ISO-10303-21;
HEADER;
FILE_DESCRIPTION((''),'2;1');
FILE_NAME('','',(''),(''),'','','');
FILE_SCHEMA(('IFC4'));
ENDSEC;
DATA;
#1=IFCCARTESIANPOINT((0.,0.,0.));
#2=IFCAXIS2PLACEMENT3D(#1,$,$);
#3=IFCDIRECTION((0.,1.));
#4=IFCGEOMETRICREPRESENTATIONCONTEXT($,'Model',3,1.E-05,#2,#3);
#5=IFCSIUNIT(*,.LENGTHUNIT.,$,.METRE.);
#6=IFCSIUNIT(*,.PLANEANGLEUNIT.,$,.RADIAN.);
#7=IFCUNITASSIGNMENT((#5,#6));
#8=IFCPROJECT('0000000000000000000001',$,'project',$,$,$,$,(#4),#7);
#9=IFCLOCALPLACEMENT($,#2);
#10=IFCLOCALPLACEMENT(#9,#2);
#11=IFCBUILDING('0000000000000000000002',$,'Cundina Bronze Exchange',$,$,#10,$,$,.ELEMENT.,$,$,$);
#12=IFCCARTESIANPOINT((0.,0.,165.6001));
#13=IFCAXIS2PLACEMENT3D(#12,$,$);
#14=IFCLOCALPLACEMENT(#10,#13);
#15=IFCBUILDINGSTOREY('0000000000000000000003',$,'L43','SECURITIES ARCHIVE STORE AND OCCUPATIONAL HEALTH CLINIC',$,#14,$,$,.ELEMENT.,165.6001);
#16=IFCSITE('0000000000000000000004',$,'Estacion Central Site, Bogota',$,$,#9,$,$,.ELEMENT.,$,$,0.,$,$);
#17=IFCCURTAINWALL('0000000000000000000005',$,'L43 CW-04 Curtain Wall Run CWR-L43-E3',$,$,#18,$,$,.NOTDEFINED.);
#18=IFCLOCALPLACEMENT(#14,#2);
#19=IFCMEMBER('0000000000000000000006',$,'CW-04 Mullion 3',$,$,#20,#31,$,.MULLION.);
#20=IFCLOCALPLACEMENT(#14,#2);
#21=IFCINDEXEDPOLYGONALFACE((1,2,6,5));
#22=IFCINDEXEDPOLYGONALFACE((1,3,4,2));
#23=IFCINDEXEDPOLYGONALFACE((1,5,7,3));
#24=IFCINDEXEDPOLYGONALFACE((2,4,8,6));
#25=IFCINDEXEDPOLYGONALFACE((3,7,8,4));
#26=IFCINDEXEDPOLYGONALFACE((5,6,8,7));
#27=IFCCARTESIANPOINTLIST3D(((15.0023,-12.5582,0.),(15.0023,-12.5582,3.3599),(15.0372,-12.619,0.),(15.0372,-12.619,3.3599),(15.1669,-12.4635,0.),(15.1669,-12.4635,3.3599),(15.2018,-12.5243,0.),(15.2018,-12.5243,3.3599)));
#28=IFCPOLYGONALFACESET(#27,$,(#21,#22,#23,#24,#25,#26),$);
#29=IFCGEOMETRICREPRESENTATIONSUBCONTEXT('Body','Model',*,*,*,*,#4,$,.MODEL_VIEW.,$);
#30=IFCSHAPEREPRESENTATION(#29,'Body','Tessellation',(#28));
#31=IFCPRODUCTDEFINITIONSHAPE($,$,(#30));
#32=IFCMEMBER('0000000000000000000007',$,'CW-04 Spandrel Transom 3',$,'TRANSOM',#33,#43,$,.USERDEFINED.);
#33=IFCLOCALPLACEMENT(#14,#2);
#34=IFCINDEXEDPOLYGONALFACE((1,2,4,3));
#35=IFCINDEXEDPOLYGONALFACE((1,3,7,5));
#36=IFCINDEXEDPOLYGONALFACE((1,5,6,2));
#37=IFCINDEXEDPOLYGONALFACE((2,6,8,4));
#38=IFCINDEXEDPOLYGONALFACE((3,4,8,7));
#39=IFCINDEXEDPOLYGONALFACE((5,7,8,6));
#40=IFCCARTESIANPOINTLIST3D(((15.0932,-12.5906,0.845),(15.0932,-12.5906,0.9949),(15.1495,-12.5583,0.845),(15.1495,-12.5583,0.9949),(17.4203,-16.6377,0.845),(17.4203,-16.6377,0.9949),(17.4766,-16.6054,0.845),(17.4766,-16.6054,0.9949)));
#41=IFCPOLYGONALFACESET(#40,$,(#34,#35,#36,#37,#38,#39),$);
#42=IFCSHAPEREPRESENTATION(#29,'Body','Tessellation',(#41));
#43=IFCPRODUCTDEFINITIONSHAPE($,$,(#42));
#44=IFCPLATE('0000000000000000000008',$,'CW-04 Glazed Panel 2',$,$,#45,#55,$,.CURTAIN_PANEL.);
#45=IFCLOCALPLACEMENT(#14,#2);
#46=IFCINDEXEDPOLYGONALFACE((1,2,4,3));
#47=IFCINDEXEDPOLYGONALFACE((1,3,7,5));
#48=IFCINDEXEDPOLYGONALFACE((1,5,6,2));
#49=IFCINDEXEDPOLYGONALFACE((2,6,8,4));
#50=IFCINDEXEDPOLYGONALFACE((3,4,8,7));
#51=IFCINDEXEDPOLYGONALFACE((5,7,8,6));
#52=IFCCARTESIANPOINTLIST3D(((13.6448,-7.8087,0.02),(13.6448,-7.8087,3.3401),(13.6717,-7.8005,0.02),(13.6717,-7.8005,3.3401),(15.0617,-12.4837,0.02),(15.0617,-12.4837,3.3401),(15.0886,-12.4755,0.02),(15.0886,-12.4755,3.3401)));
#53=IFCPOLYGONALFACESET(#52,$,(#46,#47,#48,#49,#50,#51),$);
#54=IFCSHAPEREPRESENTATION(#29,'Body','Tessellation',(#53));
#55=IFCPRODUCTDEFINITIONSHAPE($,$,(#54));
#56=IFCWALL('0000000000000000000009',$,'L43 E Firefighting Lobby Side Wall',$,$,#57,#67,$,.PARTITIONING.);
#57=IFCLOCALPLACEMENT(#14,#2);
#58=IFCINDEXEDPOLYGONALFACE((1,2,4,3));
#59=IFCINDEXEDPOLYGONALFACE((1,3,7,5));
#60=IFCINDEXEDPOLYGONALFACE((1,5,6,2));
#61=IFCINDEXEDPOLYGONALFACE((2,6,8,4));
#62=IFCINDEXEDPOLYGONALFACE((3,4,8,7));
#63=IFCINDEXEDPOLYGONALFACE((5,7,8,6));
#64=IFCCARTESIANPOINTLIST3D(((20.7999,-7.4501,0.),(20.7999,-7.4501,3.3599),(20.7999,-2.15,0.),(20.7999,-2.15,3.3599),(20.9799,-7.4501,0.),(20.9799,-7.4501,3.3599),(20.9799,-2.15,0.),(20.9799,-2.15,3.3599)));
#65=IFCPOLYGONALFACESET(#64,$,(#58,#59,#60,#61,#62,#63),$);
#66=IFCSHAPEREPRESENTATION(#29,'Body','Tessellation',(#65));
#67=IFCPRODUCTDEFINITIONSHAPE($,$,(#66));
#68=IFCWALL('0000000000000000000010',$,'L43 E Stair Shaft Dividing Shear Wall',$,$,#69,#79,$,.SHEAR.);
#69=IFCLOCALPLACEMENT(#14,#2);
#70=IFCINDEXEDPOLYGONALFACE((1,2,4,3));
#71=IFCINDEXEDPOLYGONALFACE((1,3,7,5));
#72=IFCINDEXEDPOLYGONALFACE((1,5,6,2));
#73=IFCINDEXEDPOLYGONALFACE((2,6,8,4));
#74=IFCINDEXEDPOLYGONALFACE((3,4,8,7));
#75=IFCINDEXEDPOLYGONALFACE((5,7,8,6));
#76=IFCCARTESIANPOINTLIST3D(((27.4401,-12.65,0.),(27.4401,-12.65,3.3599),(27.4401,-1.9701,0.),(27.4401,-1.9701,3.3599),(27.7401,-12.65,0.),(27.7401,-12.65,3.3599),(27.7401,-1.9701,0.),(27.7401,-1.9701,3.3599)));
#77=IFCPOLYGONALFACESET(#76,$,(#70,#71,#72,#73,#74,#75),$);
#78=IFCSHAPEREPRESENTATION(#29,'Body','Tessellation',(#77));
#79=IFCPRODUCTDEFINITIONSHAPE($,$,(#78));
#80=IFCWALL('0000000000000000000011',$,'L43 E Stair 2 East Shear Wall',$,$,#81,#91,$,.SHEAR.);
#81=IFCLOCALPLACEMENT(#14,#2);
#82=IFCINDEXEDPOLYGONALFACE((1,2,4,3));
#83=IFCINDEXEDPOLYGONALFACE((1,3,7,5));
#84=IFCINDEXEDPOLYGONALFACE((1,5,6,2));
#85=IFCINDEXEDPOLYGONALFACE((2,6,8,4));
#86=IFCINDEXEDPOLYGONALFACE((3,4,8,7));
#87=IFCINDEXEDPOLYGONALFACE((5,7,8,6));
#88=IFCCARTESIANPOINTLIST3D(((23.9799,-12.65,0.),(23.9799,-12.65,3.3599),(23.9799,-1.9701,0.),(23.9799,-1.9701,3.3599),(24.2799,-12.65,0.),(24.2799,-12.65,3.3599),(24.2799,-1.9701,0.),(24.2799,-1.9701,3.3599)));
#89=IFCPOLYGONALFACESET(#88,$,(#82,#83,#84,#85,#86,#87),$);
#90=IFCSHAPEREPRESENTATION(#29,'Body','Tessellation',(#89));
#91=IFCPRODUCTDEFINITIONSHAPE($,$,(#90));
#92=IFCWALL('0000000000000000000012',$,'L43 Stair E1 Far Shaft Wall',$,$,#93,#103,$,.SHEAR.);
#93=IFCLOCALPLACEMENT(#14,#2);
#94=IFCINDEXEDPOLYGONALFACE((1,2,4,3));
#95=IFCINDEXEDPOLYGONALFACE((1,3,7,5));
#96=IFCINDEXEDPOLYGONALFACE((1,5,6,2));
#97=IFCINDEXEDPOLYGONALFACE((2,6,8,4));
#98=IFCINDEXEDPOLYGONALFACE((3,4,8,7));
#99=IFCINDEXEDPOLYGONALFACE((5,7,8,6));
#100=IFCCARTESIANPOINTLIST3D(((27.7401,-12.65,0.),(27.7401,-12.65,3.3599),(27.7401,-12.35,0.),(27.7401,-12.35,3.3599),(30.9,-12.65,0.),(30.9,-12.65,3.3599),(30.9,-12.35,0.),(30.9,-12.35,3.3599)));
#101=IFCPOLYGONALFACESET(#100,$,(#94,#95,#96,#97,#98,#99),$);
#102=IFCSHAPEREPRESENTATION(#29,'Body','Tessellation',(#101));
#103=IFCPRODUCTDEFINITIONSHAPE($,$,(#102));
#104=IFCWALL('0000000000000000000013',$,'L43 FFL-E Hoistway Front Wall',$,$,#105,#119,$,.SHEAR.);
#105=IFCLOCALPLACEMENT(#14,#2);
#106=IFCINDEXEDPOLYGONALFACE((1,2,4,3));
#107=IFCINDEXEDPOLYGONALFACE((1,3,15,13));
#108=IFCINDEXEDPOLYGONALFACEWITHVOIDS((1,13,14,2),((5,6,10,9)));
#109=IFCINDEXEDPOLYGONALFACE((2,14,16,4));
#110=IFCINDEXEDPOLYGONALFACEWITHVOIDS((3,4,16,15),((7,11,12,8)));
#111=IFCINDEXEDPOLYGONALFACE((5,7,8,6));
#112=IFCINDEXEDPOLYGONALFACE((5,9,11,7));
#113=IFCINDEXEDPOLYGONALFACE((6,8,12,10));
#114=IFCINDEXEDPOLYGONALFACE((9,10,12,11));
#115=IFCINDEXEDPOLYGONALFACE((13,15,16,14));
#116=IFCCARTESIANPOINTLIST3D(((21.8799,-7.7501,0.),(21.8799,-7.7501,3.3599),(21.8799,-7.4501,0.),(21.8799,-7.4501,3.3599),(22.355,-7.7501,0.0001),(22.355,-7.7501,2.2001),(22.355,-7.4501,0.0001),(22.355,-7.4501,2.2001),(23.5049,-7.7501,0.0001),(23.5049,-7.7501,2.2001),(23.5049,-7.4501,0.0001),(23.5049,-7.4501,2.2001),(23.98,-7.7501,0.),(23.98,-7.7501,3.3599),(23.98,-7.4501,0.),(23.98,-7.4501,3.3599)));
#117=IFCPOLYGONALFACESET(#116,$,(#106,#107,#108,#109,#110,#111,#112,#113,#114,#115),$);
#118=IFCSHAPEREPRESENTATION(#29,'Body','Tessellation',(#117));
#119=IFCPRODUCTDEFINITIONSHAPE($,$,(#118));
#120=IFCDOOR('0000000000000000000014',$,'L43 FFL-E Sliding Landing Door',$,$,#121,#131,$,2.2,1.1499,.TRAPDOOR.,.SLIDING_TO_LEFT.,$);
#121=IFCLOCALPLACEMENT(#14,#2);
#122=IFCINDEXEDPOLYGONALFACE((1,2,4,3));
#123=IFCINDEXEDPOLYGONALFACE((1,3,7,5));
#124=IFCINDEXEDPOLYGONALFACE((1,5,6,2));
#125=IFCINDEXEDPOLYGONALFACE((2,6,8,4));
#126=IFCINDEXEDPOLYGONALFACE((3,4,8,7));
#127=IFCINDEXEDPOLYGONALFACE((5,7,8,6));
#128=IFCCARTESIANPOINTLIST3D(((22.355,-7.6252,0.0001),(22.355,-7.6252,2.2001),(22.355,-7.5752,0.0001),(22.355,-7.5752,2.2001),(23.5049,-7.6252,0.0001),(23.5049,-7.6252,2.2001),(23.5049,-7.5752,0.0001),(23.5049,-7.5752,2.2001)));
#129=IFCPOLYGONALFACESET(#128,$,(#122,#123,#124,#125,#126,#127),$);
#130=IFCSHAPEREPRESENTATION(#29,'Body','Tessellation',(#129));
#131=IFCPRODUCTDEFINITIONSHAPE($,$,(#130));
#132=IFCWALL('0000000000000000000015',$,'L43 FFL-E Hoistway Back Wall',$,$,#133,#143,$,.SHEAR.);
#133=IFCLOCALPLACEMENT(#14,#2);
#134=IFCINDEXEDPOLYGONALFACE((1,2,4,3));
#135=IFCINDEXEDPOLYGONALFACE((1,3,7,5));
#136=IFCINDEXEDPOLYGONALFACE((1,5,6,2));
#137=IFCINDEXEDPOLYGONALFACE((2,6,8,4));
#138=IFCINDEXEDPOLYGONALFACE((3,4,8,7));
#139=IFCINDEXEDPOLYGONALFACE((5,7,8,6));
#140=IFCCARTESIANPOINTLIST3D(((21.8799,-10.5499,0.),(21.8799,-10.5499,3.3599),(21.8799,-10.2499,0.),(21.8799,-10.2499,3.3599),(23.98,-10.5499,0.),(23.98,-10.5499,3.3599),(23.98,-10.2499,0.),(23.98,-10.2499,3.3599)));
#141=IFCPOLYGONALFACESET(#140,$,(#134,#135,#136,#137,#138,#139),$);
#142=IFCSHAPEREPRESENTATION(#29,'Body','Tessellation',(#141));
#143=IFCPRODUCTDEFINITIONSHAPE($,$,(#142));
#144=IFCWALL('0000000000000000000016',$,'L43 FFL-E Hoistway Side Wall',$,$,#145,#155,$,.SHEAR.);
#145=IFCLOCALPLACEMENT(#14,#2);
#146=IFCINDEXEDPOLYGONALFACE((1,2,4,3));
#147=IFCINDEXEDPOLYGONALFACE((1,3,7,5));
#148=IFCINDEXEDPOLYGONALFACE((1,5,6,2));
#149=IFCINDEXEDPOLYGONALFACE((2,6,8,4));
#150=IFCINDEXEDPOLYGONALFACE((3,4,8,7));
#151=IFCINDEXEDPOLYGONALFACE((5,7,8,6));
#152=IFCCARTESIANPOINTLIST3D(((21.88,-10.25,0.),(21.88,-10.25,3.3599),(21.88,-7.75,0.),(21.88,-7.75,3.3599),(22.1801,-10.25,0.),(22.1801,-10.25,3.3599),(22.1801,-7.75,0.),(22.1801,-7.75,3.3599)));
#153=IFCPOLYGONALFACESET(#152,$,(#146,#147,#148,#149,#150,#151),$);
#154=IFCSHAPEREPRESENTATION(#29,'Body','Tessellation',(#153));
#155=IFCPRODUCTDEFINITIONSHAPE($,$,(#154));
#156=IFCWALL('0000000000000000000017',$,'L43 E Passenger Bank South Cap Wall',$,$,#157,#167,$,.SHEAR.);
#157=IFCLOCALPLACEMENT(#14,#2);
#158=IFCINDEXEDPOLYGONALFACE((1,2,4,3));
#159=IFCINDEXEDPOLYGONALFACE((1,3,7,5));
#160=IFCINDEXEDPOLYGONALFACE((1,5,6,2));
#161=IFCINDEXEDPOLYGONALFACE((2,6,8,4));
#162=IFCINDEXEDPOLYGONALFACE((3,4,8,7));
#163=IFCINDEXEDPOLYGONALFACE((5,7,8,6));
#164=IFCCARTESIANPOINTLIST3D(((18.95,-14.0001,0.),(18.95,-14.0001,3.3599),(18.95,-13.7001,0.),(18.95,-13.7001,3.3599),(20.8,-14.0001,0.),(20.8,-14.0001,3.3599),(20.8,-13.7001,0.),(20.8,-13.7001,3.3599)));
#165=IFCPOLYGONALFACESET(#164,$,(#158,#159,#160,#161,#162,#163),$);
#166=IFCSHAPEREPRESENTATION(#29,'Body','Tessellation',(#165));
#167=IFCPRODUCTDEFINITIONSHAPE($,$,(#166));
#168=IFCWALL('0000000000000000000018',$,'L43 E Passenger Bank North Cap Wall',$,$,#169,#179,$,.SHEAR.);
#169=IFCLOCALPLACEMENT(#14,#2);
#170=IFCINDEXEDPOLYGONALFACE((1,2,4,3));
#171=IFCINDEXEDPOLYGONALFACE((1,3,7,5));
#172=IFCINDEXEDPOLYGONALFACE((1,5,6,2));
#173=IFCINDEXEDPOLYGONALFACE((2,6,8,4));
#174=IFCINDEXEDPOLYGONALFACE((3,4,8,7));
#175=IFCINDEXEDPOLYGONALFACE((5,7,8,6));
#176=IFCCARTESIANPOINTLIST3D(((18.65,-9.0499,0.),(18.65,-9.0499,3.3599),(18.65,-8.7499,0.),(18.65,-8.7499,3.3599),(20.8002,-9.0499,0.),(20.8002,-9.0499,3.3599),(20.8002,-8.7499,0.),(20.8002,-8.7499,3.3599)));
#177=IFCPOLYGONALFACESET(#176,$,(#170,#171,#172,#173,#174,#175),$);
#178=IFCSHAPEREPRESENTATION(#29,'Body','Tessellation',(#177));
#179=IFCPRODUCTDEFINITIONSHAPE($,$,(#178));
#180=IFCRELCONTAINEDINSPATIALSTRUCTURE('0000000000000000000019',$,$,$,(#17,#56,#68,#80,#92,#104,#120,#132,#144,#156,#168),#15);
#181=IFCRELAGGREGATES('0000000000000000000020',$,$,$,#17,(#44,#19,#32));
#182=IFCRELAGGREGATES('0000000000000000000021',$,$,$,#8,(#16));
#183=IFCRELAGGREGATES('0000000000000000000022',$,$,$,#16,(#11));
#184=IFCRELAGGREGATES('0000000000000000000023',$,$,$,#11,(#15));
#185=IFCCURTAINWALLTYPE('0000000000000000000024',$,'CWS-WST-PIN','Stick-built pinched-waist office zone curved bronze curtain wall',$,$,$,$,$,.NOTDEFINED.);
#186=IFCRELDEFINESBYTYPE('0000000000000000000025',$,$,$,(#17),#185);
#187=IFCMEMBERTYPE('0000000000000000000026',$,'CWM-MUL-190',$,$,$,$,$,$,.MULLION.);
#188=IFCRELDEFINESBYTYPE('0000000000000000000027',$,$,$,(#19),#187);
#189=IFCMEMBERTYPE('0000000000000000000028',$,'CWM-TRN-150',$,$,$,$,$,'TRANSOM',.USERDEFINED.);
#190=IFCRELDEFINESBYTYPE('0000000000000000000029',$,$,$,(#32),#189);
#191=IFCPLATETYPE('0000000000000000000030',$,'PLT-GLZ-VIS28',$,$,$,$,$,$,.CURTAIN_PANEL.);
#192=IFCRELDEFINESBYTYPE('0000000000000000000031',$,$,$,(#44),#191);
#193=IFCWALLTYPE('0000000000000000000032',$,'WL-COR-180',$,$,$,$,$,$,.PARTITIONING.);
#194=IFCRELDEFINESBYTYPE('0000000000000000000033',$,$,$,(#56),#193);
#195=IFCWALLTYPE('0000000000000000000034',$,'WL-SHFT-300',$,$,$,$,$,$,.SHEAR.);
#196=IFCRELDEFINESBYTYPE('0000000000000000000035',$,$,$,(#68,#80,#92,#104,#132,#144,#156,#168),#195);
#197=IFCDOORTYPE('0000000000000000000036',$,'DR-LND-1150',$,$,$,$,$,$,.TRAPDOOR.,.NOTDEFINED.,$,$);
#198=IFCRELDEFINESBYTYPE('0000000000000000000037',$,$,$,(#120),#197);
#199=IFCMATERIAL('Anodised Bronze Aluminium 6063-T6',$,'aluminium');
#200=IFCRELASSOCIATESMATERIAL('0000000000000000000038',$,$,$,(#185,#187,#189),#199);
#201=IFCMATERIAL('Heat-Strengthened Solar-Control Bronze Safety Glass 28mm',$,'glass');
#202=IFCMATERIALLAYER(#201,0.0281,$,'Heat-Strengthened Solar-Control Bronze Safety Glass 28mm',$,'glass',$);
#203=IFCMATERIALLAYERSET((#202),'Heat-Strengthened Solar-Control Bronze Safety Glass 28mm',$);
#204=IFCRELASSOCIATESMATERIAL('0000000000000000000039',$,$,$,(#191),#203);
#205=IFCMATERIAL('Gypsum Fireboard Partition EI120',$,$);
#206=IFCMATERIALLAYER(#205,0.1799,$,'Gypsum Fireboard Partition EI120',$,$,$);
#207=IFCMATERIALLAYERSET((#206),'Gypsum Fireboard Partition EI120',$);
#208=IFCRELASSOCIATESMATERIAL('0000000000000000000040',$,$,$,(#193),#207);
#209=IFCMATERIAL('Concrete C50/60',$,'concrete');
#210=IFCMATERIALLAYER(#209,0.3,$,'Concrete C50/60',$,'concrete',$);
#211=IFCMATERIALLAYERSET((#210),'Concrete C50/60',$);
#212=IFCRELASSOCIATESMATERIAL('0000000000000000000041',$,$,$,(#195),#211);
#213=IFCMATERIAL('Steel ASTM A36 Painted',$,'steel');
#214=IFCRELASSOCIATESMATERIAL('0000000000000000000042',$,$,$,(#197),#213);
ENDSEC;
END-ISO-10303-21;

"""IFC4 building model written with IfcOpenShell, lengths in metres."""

from ifc_helpers import new_model, si_unit, direction, frame, frame_2d, origin, origin_2d, place, context, subcontext, project, spatial, rectangle, extrude, material, layer, layer_set, material_profile, profile_set, type_object, element, fill, aggregate, save


model = new_model("IFC4")

# Units and contexts
model_context = context("Model", 3, precision=1e-05, world=origin(), true_north=direction((0.0, 1.0)))
body_context = subcontext(model_context, "Body", "Model", "MODEL_VIEW")
ifc_project = project(units=[si_unit("LENGTHUNIT", "METRE"), si_unit("PLANEANGLEUNIT", "RADIAN")], contexts=[model_context])

# Site, building, storey
site_placement = place(None, origin())
site = spatial("IfcSite", under=ifc_project, at=site_placement, Name="Estacion Central Site, Bogota", CompositionType="ELEMENT", RefElevation=0.0)
building_placement = place(site_placement, origin())
building = spatial("IfcBuilding", under=site, at=building_placement, Name="Cundina Bronze Exchange", CompositionType="ELEMENT")
storey_placement = place(building_placement, frame((0.0, 0.0, 165.6001)))
storey = spatial("IfcBuildingStorey", under=building, at=storey_placement, Name="L43", Description="SECURITIES ARCHIVE STORE AND OCCUPATIONAL HEALTH CLINIC", CompositionType="ELEMENT", Elevation=165.6001)

# Shared definitions
ifc_material_1 = material(Name="Concrete C50/60", Category="concrete")

# Curtain wall, members, plate
ifc_material_2 = material(Name="Anodised Bronze Aluminium 6063-T6", Category="aluminium")
curtain_wall_type = type_object("IfcCurtainWallType", Name="CWS-WST-PIN", Description="Stick-built pinched-waist office zone curved bronze curtain wall", PredefinedType="NOTDEFINED", material=ifc_material_2)
curtain_wall_placement = place(storey_placement, origin())
curtain_wall = element("IfcCurtainWall", 1, at=curtain_wall_placement, inside=storey, type_object=curtain_wall_type, Name="L43 CW-04 Curtain Wall Run CWR-L43-E3", PredefinedType="NOTDEFINED")
ifc_material_profile_1 = material_profile(ifc_material_2, rectangle(XDim=0.0701, YDim=0.1899, at=origin_2d()), Name="AL70X190", Category="aluminium")
ifc_profile_set_1 = profile_set([ifc_material_profile_1], Name="Anodised Bronze Aluminium 6063-T6")
member_type_1 = type_object("IfcMemberType", Name="CWM-MUL-190", PredefinedType="MULLION", material=ifc_profile_set_1)
member_1_placement = place(storey_placement, frame((15.1021, -12.5413, 0.0), z_axis=(0.0, 0.0, 1.0), x_axis=(0.498488, -0.866897, 0.0)))
member_1 = element("IfcMember", 2, at=member_1_placement, type_object=member_type_1, Name="CW-04 Mullion 3", PredefinedType="MULLION", context=body_context, shape_type="SweptSolid", body=[
    extrude(rectangle(XDim=0.0701, YDim=0.1899, at=origin_2d()), origin(), (0.0, 0.0, 1.0), 3.3599),
])
ifc_material_profile_2 = material_profile(ifc_material_2, rectangle(XDim=0.0649, YDim=0.1499, at=origin_2d()), Name="AL65X150", Category="aluminium")
ifc_profile_set_2 = profile_set([ifc_material_profile_2], Name="Anodised Bronze Aluminium 6063-T6")
member_type_2 = type_object("IfcMemberType", Name="CWM-TRN-150", ElementType="TRANSOM", PredefinedType="USERDEFINED", material=ifc_profile_set_2)
member_2_placement = place(storey_placement, frame((15.1213, -12.5745, 0.9199), z_axis=(0.49848, -0.866901, 0.0), x_axis=(0.866901, 0.49848, 0.0)))
member_2 = element("IfcMember", 3, at=member_2_placement, type_object=member_type_2, Name="CW-04 Spandrel Transom 3", ObjectType="TRANSOM", PredefinedType="USERDEFINED", context=body_context, shape_type="SweptSolid", body=[
    extrude(rectangle(XDim=0.0649, YDim=0.1499, at=origin_2d()), origin(), (0.0, 0.0, 1.0), 4.6685),
])
ifc_material_3 = material(Name="Heat-Strengthened Solar-Control Bronze Safety Glass 28mm", Category="glass")
ifc_layer_1 = layer(ifc_material_3, 0.0281, Name="Heat-Strengthened Solar-Control Bronze Safety Glass 28mm", Category="glass")
ifc_layer_set_1 = layer_set([ifc_layer_1], Name="Heat-Strengthened Solar-Control Bronze Safety Glass 28mm")
plate_type = type_object("IfcPlateType", Name="PLT-GLZ-VIS28", PredefinedType="CURTAIN_PANEL", material=ifc_layer_set_1)
plate_placement = place(storey_placement, frame((14.3667, -10.1421, 0.02), z_axis=(0.0, 0.0, 1.0), x_axis=(0.290051, -0.957011, 0.0)))
plate = element("IfcPlate", 4, at=plate_placement, type_object=plate_type, Name="CW-04 Glazed Panel 2", PredefinedType="CURTAIN_PANEL", context=body_context, shape_type="SweptSolid", body=[
    extrude(rectangle(XDim=4.885, YDim=0.0281, at=origin_2d()), origin(), (0.0, 0.0, 1.0), 3.3201),
])
aggregate(curtain_wall, [plate, member_1, member_2])

# Walls
ifc_material_4 = material(Name="Gypsum Fireboard Partition EI120")
ifc_layer_2 = layer(ifc_material_4, 0.1799, Name="Gypsum Fireboard Partition EI120")
ifc_layer_set_2 = layer_set([ifc_layer_2], Name="Gypsum Fireboard Partition EI120")
wall_type_1 = type_object("IfcWallType", Name="WL-COR-180", PredefinedType="PARTITIONING", material=ifc_layer_set_2)
wall_1_placement = place(storey_placement, frame((20.8899, -7.45, 0.0), z_axis=(0.0, 0.0, 1.0), x_axis=(0.0, 1.0, 0.0)))
element("IfcWall", 5, at=wall_1_placement, inside=storey, type_object=wall_type_1, Name="L43 E Firefighting Lobby Side Wall", PredefinedType="PARTITIONING", context=body_context, shape_type="SweptSolid", body=[
    extrude(rectangle(XDim=5.3, YDim=0.1799, at=frame_2d((2.6499, 0.0))), origin(), (0.0, 0.0, 1.0), 3.3599),
])
ifc_layer_3 = layer(ifc_material_1, 0.3, Name="Concrete C50/60", Category="concrete")
ifc_layer_set_3 = layer_set([ifc_layer_3], Name="Concrete C50/60")
wall_type_2 = type_object("IfcWallType", Name="WL-SHFT-300", PredefinedType="SHEAR", material=ifc_layer_set_3)
for number, where, z_axis, x_axis, name in (
    (6, (27.5901, -12.6499, 0.0), (0.0, 0.0, 1.0), (0.0, 1.0, 0.0), "L43 E Stair Shaft Dividing Shear Wall"),
    (7, (24.1299, -12.6499, 0.0), (0.0, 0.0, 1.0), (0.0, 1.0, 0.0), "L43 E Stair 2 East Shear Wall"),
):
    element("IfcWall", number, at=place(storey_placement, frame(where, z_axis=z_axis, x_axis=x_axis)), inside=storey, type_object=wall_type_2, Name=name, PredefinedType="SHEAR", context=body_context, shape_type="SweptSolid", body=[
        extrude(rectangle(XDim=10.6799, YDim=0.3, at=frame_2d((5.3398, 0.0))), origin(), (0.0, 0.0, 1.0), 3.3599),
    ])
wall_2_placement = place(storey_placement, frame((27.74, -12.5, 0.0), z_axis=(0.0, 0.0, 1.0), x_axis=(1.0, 0.0, 0.0)))
element("IfcWall", 8, at=wall_2_placement, inside=storey, type_object=wall_type_2, Name="L43 Stair E1 Far Shaft Wall", PredefinedType="SHEAR", context=body_context, shape_type="SweptSolid", body=[
    extrude(rectangle(XDim=3.1599, YDim=0.3, at=frame_2d((1.5801, 0.0))), origin(), (0.0, 0.0, 1.0), 3.3599),
])

# Wall, opening, door
ifc_material_5 = material(Name="Steel ASTM A36 Painted", Category="steel")
wall_3_placement = place(storey_placement, frame((21.8799, -7.6001, 0.0), z_axis=(0.0, 0.0, 1.0), x_axis=(1.0, 0.0, 0.0)))
wall_3 = element("IfcWall", 9, at=wall_3_placement, inside=storey, type_object=wall_type_2, Name="L43 FFL-E Hoistway Front Wall", PredefinedType="SHEAR", context=body_context, shape_type="SweptSolid", body=[
    extrude(rectangle(XDim=2.1001, YDim=0.3, at=frame_2d((1.05, 0.0))), origin(), (0.0, 0.0, 1.0), 3.3599),
])
opening_1_placement = place(wall_3_placement, frame((0.4751, 0.0, 0.0)))
opening_1 = element("IfcOpeningElement", 10, at=opening_1_placement, cuts=wall_3, PredefinedType="OPENING", context=body_context, shape_type="SweptSolid", body=[
    extrude(rectangle(XDim=1.1499, YDim=2.2, at=frame_2d((0.575, 1.1001))), frame((0.0, 0.1599, 0.0), z_axis=(0.0, -1.0, 0.0), x_axis=(1.0, 0.0, 0.0)), (0.0, 0.0, 1.0), 0.3201),
])
door_type_1 = type_object("IfcDoorType", Name="DR-LND-1150", OperationType="NOTDEFINED", PredefinedType="TRAPDOOR", material=ifc_material_5)
door_1_placement = place(opening_1_placement, origin())
door_1 = element("IfcDoor", 11, at=door_1_placement, inside=storey, type_object=door_type_1, Name="L43 FFL-E Sliding Landing Door", OperationType="SLIDING_TO_LEFT", OverallHeight=2.2, OverallWidth=1.1499, PredefinedType="TRAPDOOR", context=body_context, shape_type="SweptSolid", body=[
    extrude(rectangle(XDim=1.1499, YDim=2.2, at=frame_2d((0.575, 1.1001))), frame((0.0, 0.0249, 0.0), z_axis=(0.0, -1.0, 0.0), x_axis=(1.0, 0.0, 0.0)), (0.0, 0.0, 1.0), 0.05),
])
fill(opening_1, door_1)

# Walls
wall_4_placement = place(storey_placement, frame((21.8799, -10.3999, 0.0), z_axis=(0.0, 0.0, 1.0), x_axis=(1.0, 0.0, 0.0)))
element("IfcWall", 12, at=wall_4_placement, inside=storey, type_object=wall_type_2, Name="L43 FFL-E Hoistway Back Wall", PredefinedType="SHEAR", context=body_context, shape_type="SweptSolid", body=[
    extrude(rectangle(XDim=2.1001, YDim=0.3, at=frame_2d((1.05, 0.0))), origin(), (0.0, 0.0, 1.0), 3.3599),
])
wall_5_placement = place(storey_placement, frame((22.03, -10.25, 0.0), z_axis=(0.0, 0.0, 1.0), x_axis=(0.0, 1.0, 0.0)))
element("IfcWall", 13, at=wall_5_placement, inside=storey, type_object=wall_type_2, Name="L43 FFL-E Hoistway Side Wall", PredefinedType="SHEAR", context=body_context, shape_type="SweptSolid", body=[
    extrude(rectangle(XDim=2.5, YDim=0.3, at=frame_2d((1.25, 0.0))), origin(), (0.0, 0.0, 1.0), 3.3599),
])
wall_6_placement = place(storey_placement, frame((18.95, -13.8501, 0.0), z_axis=(0.0, 0.0, 1.0), x_axis=(1.0, 0.0, 0.0)))
element("IfcWall", 14, at=wall_6_placement, inside=storey, type_object=wall_type_2, Name="L43 E Passenger Bank South Cap Wall", PredefinedType="SHEAR", context=body_context, shape_type="SweptSolid", body=[
    extrude(rectangle(XDim=1.8501, YDim=0.3, at=frame_2d((0.925, 0.0))), origin(), (0.0, 0.0, 1.0), 3.3599),
])
wall_7_placement = place(storey_placement, frame((18.6499, -8.8999, 0.0), z_axis=(0.0, 0.0, 1.0), x_axis=(1.0, 0.0, 0.0)))
element("IfcWall", 15, at=wall_7_placement, inside=storey, type_object=wall_type_2, Name="L43 E Passenger Bank North Cap Wall", PredefinedType="SHEAR", context=body_context, shape_type="SweptSolid", body=[
    extrude(rectangle(XDim=2.1501, YDim=0.3, at=frame_2d((1.0752, 0.0))), origin(), (0.0, 0.0, 1.0), 3.3599),
])

save(model, "model.ifc")
